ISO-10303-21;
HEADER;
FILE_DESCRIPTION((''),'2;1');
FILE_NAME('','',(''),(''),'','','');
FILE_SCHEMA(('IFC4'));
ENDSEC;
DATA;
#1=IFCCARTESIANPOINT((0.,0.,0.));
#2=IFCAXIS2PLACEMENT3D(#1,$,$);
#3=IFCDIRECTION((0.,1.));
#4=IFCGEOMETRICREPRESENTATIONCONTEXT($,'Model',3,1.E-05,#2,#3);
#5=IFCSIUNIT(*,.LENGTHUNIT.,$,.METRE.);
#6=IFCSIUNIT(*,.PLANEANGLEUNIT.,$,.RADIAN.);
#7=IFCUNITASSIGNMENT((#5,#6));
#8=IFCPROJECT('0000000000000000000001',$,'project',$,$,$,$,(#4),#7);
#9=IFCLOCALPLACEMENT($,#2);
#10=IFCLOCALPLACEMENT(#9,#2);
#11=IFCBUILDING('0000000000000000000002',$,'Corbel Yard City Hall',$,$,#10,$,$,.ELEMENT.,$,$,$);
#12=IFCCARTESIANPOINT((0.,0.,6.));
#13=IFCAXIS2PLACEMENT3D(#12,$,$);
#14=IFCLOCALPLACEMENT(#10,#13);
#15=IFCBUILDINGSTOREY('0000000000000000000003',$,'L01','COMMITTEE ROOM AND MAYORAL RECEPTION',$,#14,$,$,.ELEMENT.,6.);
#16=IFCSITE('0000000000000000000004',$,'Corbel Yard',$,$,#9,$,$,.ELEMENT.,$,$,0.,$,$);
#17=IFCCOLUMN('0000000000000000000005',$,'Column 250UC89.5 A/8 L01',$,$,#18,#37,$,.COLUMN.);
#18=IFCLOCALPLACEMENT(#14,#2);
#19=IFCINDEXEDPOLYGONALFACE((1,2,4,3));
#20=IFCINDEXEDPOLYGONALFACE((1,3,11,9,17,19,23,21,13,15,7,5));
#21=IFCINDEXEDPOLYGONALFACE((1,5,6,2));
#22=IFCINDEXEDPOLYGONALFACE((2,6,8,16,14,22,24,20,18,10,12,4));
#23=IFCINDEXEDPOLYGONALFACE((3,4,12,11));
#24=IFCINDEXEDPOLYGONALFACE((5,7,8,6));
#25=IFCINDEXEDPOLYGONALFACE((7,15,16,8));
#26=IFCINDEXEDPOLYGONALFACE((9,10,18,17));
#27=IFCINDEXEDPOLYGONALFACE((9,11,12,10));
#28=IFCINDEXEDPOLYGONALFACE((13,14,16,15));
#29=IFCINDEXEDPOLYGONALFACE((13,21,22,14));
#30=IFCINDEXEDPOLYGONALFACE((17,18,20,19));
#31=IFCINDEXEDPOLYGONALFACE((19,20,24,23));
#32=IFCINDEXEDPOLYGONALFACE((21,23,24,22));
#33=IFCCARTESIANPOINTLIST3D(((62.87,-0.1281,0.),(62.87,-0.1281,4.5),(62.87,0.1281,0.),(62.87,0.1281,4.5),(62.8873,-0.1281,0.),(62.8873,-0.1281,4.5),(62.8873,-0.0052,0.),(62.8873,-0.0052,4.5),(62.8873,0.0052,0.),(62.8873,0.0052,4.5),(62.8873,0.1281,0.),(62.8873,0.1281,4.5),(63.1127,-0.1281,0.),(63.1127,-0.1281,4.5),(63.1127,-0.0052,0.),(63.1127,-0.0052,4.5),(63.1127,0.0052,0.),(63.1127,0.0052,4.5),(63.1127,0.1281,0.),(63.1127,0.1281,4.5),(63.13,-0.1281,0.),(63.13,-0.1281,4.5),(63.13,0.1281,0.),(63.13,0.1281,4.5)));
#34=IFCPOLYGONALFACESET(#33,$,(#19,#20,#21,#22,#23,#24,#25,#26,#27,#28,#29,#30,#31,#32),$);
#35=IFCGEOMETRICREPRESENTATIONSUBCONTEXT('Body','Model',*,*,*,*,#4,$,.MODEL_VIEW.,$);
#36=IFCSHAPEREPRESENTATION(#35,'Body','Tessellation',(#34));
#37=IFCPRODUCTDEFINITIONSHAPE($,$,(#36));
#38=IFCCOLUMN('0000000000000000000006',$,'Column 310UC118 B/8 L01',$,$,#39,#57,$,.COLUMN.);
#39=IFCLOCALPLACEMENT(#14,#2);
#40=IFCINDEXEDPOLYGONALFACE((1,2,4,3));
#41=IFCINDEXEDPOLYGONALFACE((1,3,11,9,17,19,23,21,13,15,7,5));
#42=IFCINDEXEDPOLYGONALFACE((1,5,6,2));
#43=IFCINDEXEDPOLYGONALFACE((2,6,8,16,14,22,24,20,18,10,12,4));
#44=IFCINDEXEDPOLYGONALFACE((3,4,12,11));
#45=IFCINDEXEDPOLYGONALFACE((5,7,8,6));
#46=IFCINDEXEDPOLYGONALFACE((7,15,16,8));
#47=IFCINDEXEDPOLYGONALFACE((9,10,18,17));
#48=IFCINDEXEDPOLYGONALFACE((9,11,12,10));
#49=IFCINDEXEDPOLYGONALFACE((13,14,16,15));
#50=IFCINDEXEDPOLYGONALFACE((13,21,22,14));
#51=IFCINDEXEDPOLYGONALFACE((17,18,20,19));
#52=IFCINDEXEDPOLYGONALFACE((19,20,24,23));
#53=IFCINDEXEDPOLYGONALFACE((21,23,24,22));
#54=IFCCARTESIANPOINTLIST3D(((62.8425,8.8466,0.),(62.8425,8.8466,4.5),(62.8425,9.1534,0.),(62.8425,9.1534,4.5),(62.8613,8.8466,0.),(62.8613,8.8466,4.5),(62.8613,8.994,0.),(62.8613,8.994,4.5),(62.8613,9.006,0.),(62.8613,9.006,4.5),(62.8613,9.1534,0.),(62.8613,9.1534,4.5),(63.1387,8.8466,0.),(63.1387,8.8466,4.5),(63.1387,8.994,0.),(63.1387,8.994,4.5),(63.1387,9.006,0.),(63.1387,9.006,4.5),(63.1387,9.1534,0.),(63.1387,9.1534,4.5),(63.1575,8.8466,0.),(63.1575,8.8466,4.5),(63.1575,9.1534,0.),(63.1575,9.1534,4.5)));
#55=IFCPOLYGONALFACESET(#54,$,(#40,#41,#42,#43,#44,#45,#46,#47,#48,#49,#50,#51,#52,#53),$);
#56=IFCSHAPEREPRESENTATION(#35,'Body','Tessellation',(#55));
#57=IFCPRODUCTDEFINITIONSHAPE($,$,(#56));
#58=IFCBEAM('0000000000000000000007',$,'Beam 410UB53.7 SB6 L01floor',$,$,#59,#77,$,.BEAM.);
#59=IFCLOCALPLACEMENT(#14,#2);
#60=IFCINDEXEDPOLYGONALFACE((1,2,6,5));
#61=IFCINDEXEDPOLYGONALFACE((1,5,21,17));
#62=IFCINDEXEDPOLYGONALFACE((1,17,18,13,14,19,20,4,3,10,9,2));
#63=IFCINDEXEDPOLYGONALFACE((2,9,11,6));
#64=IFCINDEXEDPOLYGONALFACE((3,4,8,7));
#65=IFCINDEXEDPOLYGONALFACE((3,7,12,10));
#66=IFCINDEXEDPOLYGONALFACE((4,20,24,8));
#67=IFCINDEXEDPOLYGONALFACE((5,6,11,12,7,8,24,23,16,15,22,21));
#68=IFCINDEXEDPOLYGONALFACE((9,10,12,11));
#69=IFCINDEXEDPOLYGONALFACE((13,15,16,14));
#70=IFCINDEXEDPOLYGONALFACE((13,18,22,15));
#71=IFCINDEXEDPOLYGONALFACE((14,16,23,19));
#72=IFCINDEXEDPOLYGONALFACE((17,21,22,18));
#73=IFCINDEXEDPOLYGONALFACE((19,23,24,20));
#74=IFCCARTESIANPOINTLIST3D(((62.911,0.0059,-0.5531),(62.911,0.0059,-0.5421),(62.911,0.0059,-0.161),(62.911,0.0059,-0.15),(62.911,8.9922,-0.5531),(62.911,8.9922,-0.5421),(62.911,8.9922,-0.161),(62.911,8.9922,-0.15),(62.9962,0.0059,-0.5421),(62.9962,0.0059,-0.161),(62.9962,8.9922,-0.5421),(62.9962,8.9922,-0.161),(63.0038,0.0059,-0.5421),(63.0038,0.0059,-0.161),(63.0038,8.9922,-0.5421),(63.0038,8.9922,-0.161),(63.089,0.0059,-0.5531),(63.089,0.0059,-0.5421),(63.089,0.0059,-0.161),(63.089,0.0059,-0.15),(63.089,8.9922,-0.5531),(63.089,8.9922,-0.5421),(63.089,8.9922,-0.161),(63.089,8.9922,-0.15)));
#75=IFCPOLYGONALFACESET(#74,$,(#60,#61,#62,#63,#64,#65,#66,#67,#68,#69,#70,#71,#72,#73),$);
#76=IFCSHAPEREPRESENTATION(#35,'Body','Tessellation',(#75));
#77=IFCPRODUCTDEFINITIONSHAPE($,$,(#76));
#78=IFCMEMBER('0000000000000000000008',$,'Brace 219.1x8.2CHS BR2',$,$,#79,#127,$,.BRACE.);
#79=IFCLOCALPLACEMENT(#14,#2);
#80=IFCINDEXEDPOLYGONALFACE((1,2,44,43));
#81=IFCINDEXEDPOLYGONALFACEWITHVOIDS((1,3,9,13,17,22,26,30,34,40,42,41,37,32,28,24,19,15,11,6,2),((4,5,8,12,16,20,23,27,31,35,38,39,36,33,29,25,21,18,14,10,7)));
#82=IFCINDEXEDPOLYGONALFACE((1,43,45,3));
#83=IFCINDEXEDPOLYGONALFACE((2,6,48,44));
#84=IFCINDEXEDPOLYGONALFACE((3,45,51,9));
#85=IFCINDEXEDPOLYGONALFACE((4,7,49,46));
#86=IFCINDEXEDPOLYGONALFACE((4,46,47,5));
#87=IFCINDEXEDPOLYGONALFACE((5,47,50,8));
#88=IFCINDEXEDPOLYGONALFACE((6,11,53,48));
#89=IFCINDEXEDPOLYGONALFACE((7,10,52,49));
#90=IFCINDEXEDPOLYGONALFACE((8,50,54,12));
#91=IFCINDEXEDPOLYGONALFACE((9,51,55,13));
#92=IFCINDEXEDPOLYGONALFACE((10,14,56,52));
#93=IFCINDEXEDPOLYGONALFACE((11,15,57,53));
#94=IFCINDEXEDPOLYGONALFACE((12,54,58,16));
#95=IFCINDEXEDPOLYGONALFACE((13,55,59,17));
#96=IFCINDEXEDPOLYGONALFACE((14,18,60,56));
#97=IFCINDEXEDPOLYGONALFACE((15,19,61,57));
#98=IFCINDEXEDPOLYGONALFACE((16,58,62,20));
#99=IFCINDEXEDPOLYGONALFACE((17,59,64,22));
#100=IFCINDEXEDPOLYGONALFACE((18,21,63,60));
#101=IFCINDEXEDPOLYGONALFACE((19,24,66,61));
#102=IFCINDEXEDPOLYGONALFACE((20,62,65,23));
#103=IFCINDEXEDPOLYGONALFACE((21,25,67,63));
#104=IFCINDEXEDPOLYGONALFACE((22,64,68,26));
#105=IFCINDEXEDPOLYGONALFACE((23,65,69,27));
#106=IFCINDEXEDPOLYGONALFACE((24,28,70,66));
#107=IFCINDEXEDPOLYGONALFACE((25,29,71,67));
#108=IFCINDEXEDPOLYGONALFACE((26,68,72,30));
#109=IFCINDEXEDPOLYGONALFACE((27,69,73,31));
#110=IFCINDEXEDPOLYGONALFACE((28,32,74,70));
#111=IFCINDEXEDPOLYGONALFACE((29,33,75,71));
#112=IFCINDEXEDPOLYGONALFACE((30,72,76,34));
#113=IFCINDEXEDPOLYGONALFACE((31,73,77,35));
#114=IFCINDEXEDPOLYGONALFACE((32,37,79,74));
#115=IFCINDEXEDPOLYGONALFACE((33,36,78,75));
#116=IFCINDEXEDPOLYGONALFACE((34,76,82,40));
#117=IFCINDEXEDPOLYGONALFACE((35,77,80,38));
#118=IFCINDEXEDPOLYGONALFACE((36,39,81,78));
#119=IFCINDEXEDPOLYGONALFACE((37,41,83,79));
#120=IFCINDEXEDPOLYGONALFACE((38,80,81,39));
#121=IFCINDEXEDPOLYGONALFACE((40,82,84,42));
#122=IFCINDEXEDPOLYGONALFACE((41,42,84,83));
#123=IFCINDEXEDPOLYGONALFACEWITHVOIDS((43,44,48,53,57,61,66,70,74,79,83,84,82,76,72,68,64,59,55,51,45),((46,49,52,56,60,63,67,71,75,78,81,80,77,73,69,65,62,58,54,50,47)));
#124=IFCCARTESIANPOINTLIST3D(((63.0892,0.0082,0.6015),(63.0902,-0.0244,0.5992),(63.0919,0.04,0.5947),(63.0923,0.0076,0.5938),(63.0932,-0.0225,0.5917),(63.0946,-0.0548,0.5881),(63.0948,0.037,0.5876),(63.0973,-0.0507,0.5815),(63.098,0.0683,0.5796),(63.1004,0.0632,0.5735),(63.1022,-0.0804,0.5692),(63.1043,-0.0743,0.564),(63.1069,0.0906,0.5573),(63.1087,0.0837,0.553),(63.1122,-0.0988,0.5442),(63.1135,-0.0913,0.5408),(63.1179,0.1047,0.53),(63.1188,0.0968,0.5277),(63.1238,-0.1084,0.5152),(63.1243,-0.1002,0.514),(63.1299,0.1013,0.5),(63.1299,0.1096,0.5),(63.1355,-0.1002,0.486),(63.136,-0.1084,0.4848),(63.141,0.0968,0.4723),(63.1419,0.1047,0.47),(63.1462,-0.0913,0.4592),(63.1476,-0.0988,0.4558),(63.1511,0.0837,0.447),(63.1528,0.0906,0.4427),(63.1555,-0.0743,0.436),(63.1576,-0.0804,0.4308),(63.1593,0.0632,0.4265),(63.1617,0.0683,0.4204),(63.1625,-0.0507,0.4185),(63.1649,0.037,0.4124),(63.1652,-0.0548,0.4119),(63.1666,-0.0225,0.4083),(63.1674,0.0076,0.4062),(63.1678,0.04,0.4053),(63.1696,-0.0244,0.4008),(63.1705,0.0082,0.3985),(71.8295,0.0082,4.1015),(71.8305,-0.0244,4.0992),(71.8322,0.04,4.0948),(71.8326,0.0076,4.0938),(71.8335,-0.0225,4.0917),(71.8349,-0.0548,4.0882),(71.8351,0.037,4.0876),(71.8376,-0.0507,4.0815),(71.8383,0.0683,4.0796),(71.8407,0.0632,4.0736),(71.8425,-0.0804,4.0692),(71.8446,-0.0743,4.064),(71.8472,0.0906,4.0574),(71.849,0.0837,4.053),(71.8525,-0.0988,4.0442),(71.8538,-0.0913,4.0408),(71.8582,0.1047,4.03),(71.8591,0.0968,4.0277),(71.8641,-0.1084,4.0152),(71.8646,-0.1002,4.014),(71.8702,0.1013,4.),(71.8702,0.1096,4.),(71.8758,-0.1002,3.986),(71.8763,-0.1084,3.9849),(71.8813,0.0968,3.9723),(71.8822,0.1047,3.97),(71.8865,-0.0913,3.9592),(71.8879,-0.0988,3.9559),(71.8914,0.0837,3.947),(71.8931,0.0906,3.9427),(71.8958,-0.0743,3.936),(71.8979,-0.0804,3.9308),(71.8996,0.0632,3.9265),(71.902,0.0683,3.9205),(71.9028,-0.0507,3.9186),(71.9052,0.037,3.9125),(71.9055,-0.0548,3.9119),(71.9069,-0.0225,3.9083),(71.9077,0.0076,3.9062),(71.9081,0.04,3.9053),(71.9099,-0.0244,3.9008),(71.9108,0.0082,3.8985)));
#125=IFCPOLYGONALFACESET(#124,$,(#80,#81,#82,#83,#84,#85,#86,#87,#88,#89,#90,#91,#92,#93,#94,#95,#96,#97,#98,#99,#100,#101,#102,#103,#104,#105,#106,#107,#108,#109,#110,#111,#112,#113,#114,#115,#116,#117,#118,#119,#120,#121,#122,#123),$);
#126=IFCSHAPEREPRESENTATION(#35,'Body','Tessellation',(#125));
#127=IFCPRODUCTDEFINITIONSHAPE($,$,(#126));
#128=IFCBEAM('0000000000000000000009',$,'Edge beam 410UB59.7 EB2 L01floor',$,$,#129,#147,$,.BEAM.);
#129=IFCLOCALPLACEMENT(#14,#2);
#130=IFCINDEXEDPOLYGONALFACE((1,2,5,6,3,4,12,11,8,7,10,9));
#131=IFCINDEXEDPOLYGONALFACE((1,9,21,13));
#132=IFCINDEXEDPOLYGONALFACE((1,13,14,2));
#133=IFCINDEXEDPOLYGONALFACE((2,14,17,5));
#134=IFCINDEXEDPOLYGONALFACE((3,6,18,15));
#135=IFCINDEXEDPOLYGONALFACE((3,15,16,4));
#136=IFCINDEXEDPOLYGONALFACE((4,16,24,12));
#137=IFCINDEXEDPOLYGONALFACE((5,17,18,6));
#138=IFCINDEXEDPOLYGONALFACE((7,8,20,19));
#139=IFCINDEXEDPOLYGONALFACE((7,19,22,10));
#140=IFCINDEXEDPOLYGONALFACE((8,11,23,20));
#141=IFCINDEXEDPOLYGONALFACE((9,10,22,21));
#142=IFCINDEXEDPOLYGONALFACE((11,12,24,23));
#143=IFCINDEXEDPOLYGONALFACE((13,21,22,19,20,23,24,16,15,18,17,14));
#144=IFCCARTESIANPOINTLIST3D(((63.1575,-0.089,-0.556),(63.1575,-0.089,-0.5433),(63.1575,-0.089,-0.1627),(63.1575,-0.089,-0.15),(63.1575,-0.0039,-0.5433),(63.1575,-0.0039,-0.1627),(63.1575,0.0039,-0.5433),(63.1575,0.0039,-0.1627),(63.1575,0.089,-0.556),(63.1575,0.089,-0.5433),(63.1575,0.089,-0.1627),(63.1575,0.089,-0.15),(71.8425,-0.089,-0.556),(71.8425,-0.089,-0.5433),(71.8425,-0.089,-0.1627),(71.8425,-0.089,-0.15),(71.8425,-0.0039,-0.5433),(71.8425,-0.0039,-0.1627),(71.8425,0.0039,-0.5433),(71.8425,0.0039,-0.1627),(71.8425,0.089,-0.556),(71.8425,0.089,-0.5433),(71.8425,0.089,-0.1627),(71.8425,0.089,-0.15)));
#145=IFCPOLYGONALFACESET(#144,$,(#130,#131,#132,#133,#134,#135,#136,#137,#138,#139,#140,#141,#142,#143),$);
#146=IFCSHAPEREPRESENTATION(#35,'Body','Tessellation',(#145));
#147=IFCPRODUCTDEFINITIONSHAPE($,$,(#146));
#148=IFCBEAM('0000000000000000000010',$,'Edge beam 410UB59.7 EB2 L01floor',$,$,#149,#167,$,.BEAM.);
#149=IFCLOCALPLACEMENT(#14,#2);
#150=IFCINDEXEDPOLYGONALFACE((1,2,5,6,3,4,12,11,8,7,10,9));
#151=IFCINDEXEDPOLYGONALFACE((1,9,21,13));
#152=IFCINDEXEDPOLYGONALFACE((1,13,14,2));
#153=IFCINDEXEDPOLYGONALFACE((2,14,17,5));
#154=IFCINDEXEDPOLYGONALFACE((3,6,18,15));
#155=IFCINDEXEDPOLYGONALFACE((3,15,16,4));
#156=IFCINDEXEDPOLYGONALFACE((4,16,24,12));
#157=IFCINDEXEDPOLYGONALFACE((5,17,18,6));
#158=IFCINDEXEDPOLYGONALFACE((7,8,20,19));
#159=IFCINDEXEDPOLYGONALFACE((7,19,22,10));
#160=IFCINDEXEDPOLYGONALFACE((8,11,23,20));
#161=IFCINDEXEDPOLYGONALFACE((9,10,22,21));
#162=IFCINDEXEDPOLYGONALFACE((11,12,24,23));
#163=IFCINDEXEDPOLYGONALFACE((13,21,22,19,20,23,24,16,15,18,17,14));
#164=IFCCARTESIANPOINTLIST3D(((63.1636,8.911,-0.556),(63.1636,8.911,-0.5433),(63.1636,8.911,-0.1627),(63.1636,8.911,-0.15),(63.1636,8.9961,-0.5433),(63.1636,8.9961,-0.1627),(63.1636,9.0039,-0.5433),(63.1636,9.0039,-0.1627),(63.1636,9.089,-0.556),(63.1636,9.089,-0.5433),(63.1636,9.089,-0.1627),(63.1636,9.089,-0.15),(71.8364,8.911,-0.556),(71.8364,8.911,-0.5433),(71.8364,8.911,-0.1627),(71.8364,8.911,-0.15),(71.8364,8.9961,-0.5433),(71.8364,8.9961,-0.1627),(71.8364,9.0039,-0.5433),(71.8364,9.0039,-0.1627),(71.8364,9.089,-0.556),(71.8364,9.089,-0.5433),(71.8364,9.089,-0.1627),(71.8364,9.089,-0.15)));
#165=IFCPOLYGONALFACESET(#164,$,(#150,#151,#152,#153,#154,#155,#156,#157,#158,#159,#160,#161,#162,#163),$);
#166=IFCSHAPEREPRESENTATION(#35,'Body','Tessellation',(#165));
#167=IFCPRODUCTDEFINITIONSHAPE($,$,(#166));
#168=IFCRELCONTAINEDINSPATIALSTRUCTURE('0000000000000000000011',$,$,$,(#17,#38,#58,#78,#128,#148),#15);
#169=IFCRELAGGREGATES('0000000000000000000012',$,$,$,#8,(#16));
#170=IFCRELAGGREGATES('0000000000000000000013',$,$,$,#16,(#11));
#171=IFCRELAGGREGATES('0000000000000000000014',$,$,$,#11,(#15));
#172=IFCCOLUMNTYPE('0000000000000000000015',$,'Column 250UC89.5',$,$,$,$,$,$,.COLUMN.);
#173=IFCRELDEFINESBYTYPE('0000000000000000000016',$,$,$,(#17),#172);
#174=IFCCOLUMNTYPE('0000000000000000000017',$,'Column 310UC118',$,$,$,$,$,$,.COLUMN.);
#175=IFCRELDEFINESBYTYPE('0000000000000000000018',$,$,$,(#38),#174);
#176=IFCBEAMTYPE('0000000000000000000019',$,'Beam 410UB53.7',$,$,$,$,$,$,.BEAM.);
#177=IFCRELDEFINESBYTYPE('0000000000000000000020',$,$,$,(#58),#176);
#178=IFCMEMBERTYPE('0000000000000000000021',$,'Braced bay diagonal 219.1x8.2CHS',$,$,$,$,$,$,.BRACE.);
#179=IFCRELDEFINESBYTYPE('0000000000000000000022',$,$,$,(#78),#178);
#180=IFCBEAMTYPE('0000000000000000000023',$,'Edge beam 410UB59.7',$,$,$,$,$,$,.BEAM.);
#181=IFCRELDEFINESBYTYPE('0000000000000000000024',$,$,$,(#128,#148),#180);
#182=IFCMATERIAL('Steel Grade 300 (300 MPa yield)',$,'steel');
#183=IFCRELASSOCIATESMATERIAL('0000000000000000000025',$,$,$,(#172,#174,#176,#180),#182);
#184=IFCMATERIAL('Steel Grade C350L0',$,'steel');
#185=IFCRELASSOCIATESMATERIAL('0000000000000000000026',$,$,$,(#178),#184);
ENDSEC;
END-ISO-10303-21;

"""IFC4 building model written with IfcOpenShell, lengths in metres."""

from ifc_helpers import new_model, si_unit, direction, frame, origin, origin_2d, place, context, subcontext, project, spatial, hollow_circle, i_section, extrude, material, material_profile, profile_set, type_object, element, save


model = new_model("IFC4")

# Units and contexts
model_context = context("Model", 3, precision=1e-05, world=origin(), true_north=direction((0.0, 1.0)))
body_context = subcontext(model_context, "Body", "Model", "MODEL_VIEW")
ifc_project = project(units=[si_unit("LENGTHUNIT", "METRE"), si_unit("PLANEANGLEUNIT", "RADIAN")], contexts=[model_context])

# Site, building, storey
site_placement = place(None, origin())
site = spatial("IfcSite", under=ifc_project, at=site_placement, Name="Corbel Yard", CompositionType="ELEMENT", RefElevation=0.0)
building_placement = place(site_placement, origin())
building = spatial("IfcBuilding", under=site, at=building_placement, Name="Corbel Yard City Hall", CompositionType="ELEMENT")
storey_placement = place(building_placement, frame((0.0, 0.0, 6.0)))
storey = spatial("IfcBuildingStorey", under=building, at=storey_placement, Name="L01", Description="COMMITTEE ROOM AND MAYORAL RECEPTION", CompositionType="ELEMENT", Elevation=6.0)

# Columns
ifc_material_1 = material(Name="Steel Grade 300 (300 MPa yield)", Category="steel")
ifc_material_profile_1 = material_profile(ifc_material_1, i_section(OverallWidth=0.2561, OverallDepth=0.26, WebThickness=0.0105, FlangeThickness=0.0173, at=origin_2d()), Name="250UC89.5")
ifc_profile_set_1 = profile_set([ifc_material_profile_1], Name="Steel Grade 300 (300 MPa yield)")
column_type_1 = type_object("IfcColumnType", Name="Column 250UC89.5", PredefinedType="COLUMN", material=ifc_profile_set_1)
column_1_placement = place(storey_placement, frame((63.0, 0.0, 0.0), z_axis=(0.0, 0.0, 1.0), x_axis=(0.0, 1.0, 0.0)))
element("IfcColumn", 1, at=column_1_placement, inside=storey, type_object=column_type_1, Name="Column 250UC89.5 A/8 L01", PredefinedType="COLUMN", context=body_context, shape_type="SweptSolid", body=[
    extrude(i_section(OverallWidth=0.2561, OverallDepth=0.26, WebThickness=0.0105, FlangeThickness=0.0173, at=origin_2d()), origin(), (0.0, 0.0, 1.0), 4.5),
])
ifc_material_profile_2 = material_profile(ifc_material_1, i_section(OverallWidth=0.3069, OverallDepth=0.3149, WebThickness=0.012, FlangeThickness=0.0188, at=origin_2d()), Name="310UC118")
ifc_profile_set_2 = profile_set([ifc_material_profile_2], Name="Steel Grade 300 (300 MPa yield)")
column_type_2 = type_object("IfcColumnType", Name="Column 310UC118", PredefinedType="COLUMN", material=ifc_profile_set_2)
column_2_placement = place(storey_placement, frame((63.0, 9.0, 0.0), z_axis=(0.0, 0.0, 1.0), x_axis=(0.0, 1.0, 0.0)))
element("IfcColumn", 2, at=column_2_placement, inside=storey, type_object=column_type_2, Name="Column 310UC118 B/8 L01", PredefinedType="COLUMN", context=body_context, shape_type="SweptSolid", body=[
    extrude(i_section(OverallWidth=0.3069, OverallDepth=0.3149, WebThickness=0.012, FlangeThickness=0.0188, at=origin_2d()), origin(), (0.0, 0.0, 1.0), 4.5),
])

# Beam
ifc_material_profile_3 = material_profile(ifc_material_1, i_section(OverallWidth=0.178, OverallDepth=0.4031, WebThickness=0.0076, FlangeThickness=0.011, at=origin_2d()), Name="410UB53.7")
ifc_profile_set_3 = profile_set([ifc_material_profile_3], Name="Steel Grade 300 (300 MPa yield)")
beam_type_1 = type_object("IfcBeamType", Name="Beam 410UB53.7", PredefinedType="BEAM", material=ifc_profile_set_3)
beam_1_placement = place(storey_placement, frame((63.0, 0.0059, -0.3516), z_axis=(0.0, 1.0, 0.0), x_axis=(-1.0, 0.0, 0.0)))
element("IfcBeam", 3, at=beam_1_placement, inside=storey, type_object=beam_type_1, Name="Beam 410UB53.7 SB6 L01floor", PredefinedType="BEAM", context=body_context, shape_type="SweptSolid", body=[
    extrude(i_section(OverallWidth=0.178, OverallDepth=0.4031, WebThickness=0.0076, FlangeThickness=0.011, at=origin_2d()), origin(), (0.0, 0.0, 1.0), 8.9863),
])

# Member
ifc_material_2 = material(Name="Steel Grade C350L0", Category="steel")
ifc_material_profile_4 = material_profile(ifc_material_2, hollow_circle(Radius=0.1096, WallThickness=0.0083, at=origin_2d()), Name="219.1x8.2CHS")
ifc_profile_set_4 = profile_set([ifc_material_profile_4], Name="Steel Grade C350L0")
member_type = type_object("IfcMemberType", Name="Braced bay diagonal 219.1x8.2CHS", PredefinedType="BRACE", material=ifc_profile_set_4)
member_placement = place(storey_placement, frame((63.1299, 0.0, 0.5), z_axis=(0.928334, 0.0, 0.371748), x_axis=(0.0, 1.0, 0.0)))
element("IfcMember", 4, at=member_placement, inside=storey, type_object=member_type, Name="Brace 219.1x8.2CHS BR2", PredefinedType="BRACE", context=body_context, shape_type="SweptSolid", body=[
    extrude(hollow_circle(Radius=0.1096, WallThickness=0.0083, at=origin_2d()), origin(), (0.0, 0.0, 1.0), 9.415),
])

# Beams
ifc_material_profile_5 = material_profile(ifc_material_1, i_section(OverallWidth=0.178, OverallDepth=0.406, WebThickness=0.0078, FlangeThickness=0.0127, at=origin_2d()), Name="410UB59.7")
ifc_profile_set_5 = profile_set([ifc_material_profile_5], Name="Steel Grade 300 (300 MPa yield)")
beam_type_2 = type_object("IfcBeamType", Name="Edge beam 410UB59.7", PredefinedType="BEAM", material=ifc_profile_set_5)
beam_2_placement = place(storey_placement, frame((63.1575, 0.0, -0.353), z_axis=(1.0, 0.0, 0.0), x_axis=(0.0, 1.0, 0.0)))
element("IfcBeam", 5, at=beam_2_placement, inside=storey, type_object=beam_type_2, Name="Edge beam 410UB59.7 EB2 L01floor", PredefinedType="BEAM", context=body_context, shape_type="SweptSolid", body=[
    extrude(i_section(OverallWidth=0.178, OverallDepth=0.406, WebThickness=0.0078, FlangeThickness=0.0127, at=origin_2d()), origin(), (0.0, 0.0, 1.0), 8.6851),
])
beam_3_placement = place(storey_placement, frame((63.1636, 9.0, -0.353), z_axis=(1.0, 0.0, 0.0), x_axis=(0.0, 1.0, 0.0)))
element("IfcBeam", 6, at=beam_3_placement, inside=storey, type_object=beam_type_2, Name="Edge beam 410UB59.7 EB2 L01floor", PredefinedType="BEAM", context=body_context, shape_type="SweptSolid", body=[
    extrude(i_section(OverallWidth=0.178, OverallDepth=0.406, WebThickness=0.0078, FlangeThickness=0.0127, at=origin_2d()), origin(), (0.0, 0.0, 1.0), 8.6729),
])

save(model, "model.ifc")
